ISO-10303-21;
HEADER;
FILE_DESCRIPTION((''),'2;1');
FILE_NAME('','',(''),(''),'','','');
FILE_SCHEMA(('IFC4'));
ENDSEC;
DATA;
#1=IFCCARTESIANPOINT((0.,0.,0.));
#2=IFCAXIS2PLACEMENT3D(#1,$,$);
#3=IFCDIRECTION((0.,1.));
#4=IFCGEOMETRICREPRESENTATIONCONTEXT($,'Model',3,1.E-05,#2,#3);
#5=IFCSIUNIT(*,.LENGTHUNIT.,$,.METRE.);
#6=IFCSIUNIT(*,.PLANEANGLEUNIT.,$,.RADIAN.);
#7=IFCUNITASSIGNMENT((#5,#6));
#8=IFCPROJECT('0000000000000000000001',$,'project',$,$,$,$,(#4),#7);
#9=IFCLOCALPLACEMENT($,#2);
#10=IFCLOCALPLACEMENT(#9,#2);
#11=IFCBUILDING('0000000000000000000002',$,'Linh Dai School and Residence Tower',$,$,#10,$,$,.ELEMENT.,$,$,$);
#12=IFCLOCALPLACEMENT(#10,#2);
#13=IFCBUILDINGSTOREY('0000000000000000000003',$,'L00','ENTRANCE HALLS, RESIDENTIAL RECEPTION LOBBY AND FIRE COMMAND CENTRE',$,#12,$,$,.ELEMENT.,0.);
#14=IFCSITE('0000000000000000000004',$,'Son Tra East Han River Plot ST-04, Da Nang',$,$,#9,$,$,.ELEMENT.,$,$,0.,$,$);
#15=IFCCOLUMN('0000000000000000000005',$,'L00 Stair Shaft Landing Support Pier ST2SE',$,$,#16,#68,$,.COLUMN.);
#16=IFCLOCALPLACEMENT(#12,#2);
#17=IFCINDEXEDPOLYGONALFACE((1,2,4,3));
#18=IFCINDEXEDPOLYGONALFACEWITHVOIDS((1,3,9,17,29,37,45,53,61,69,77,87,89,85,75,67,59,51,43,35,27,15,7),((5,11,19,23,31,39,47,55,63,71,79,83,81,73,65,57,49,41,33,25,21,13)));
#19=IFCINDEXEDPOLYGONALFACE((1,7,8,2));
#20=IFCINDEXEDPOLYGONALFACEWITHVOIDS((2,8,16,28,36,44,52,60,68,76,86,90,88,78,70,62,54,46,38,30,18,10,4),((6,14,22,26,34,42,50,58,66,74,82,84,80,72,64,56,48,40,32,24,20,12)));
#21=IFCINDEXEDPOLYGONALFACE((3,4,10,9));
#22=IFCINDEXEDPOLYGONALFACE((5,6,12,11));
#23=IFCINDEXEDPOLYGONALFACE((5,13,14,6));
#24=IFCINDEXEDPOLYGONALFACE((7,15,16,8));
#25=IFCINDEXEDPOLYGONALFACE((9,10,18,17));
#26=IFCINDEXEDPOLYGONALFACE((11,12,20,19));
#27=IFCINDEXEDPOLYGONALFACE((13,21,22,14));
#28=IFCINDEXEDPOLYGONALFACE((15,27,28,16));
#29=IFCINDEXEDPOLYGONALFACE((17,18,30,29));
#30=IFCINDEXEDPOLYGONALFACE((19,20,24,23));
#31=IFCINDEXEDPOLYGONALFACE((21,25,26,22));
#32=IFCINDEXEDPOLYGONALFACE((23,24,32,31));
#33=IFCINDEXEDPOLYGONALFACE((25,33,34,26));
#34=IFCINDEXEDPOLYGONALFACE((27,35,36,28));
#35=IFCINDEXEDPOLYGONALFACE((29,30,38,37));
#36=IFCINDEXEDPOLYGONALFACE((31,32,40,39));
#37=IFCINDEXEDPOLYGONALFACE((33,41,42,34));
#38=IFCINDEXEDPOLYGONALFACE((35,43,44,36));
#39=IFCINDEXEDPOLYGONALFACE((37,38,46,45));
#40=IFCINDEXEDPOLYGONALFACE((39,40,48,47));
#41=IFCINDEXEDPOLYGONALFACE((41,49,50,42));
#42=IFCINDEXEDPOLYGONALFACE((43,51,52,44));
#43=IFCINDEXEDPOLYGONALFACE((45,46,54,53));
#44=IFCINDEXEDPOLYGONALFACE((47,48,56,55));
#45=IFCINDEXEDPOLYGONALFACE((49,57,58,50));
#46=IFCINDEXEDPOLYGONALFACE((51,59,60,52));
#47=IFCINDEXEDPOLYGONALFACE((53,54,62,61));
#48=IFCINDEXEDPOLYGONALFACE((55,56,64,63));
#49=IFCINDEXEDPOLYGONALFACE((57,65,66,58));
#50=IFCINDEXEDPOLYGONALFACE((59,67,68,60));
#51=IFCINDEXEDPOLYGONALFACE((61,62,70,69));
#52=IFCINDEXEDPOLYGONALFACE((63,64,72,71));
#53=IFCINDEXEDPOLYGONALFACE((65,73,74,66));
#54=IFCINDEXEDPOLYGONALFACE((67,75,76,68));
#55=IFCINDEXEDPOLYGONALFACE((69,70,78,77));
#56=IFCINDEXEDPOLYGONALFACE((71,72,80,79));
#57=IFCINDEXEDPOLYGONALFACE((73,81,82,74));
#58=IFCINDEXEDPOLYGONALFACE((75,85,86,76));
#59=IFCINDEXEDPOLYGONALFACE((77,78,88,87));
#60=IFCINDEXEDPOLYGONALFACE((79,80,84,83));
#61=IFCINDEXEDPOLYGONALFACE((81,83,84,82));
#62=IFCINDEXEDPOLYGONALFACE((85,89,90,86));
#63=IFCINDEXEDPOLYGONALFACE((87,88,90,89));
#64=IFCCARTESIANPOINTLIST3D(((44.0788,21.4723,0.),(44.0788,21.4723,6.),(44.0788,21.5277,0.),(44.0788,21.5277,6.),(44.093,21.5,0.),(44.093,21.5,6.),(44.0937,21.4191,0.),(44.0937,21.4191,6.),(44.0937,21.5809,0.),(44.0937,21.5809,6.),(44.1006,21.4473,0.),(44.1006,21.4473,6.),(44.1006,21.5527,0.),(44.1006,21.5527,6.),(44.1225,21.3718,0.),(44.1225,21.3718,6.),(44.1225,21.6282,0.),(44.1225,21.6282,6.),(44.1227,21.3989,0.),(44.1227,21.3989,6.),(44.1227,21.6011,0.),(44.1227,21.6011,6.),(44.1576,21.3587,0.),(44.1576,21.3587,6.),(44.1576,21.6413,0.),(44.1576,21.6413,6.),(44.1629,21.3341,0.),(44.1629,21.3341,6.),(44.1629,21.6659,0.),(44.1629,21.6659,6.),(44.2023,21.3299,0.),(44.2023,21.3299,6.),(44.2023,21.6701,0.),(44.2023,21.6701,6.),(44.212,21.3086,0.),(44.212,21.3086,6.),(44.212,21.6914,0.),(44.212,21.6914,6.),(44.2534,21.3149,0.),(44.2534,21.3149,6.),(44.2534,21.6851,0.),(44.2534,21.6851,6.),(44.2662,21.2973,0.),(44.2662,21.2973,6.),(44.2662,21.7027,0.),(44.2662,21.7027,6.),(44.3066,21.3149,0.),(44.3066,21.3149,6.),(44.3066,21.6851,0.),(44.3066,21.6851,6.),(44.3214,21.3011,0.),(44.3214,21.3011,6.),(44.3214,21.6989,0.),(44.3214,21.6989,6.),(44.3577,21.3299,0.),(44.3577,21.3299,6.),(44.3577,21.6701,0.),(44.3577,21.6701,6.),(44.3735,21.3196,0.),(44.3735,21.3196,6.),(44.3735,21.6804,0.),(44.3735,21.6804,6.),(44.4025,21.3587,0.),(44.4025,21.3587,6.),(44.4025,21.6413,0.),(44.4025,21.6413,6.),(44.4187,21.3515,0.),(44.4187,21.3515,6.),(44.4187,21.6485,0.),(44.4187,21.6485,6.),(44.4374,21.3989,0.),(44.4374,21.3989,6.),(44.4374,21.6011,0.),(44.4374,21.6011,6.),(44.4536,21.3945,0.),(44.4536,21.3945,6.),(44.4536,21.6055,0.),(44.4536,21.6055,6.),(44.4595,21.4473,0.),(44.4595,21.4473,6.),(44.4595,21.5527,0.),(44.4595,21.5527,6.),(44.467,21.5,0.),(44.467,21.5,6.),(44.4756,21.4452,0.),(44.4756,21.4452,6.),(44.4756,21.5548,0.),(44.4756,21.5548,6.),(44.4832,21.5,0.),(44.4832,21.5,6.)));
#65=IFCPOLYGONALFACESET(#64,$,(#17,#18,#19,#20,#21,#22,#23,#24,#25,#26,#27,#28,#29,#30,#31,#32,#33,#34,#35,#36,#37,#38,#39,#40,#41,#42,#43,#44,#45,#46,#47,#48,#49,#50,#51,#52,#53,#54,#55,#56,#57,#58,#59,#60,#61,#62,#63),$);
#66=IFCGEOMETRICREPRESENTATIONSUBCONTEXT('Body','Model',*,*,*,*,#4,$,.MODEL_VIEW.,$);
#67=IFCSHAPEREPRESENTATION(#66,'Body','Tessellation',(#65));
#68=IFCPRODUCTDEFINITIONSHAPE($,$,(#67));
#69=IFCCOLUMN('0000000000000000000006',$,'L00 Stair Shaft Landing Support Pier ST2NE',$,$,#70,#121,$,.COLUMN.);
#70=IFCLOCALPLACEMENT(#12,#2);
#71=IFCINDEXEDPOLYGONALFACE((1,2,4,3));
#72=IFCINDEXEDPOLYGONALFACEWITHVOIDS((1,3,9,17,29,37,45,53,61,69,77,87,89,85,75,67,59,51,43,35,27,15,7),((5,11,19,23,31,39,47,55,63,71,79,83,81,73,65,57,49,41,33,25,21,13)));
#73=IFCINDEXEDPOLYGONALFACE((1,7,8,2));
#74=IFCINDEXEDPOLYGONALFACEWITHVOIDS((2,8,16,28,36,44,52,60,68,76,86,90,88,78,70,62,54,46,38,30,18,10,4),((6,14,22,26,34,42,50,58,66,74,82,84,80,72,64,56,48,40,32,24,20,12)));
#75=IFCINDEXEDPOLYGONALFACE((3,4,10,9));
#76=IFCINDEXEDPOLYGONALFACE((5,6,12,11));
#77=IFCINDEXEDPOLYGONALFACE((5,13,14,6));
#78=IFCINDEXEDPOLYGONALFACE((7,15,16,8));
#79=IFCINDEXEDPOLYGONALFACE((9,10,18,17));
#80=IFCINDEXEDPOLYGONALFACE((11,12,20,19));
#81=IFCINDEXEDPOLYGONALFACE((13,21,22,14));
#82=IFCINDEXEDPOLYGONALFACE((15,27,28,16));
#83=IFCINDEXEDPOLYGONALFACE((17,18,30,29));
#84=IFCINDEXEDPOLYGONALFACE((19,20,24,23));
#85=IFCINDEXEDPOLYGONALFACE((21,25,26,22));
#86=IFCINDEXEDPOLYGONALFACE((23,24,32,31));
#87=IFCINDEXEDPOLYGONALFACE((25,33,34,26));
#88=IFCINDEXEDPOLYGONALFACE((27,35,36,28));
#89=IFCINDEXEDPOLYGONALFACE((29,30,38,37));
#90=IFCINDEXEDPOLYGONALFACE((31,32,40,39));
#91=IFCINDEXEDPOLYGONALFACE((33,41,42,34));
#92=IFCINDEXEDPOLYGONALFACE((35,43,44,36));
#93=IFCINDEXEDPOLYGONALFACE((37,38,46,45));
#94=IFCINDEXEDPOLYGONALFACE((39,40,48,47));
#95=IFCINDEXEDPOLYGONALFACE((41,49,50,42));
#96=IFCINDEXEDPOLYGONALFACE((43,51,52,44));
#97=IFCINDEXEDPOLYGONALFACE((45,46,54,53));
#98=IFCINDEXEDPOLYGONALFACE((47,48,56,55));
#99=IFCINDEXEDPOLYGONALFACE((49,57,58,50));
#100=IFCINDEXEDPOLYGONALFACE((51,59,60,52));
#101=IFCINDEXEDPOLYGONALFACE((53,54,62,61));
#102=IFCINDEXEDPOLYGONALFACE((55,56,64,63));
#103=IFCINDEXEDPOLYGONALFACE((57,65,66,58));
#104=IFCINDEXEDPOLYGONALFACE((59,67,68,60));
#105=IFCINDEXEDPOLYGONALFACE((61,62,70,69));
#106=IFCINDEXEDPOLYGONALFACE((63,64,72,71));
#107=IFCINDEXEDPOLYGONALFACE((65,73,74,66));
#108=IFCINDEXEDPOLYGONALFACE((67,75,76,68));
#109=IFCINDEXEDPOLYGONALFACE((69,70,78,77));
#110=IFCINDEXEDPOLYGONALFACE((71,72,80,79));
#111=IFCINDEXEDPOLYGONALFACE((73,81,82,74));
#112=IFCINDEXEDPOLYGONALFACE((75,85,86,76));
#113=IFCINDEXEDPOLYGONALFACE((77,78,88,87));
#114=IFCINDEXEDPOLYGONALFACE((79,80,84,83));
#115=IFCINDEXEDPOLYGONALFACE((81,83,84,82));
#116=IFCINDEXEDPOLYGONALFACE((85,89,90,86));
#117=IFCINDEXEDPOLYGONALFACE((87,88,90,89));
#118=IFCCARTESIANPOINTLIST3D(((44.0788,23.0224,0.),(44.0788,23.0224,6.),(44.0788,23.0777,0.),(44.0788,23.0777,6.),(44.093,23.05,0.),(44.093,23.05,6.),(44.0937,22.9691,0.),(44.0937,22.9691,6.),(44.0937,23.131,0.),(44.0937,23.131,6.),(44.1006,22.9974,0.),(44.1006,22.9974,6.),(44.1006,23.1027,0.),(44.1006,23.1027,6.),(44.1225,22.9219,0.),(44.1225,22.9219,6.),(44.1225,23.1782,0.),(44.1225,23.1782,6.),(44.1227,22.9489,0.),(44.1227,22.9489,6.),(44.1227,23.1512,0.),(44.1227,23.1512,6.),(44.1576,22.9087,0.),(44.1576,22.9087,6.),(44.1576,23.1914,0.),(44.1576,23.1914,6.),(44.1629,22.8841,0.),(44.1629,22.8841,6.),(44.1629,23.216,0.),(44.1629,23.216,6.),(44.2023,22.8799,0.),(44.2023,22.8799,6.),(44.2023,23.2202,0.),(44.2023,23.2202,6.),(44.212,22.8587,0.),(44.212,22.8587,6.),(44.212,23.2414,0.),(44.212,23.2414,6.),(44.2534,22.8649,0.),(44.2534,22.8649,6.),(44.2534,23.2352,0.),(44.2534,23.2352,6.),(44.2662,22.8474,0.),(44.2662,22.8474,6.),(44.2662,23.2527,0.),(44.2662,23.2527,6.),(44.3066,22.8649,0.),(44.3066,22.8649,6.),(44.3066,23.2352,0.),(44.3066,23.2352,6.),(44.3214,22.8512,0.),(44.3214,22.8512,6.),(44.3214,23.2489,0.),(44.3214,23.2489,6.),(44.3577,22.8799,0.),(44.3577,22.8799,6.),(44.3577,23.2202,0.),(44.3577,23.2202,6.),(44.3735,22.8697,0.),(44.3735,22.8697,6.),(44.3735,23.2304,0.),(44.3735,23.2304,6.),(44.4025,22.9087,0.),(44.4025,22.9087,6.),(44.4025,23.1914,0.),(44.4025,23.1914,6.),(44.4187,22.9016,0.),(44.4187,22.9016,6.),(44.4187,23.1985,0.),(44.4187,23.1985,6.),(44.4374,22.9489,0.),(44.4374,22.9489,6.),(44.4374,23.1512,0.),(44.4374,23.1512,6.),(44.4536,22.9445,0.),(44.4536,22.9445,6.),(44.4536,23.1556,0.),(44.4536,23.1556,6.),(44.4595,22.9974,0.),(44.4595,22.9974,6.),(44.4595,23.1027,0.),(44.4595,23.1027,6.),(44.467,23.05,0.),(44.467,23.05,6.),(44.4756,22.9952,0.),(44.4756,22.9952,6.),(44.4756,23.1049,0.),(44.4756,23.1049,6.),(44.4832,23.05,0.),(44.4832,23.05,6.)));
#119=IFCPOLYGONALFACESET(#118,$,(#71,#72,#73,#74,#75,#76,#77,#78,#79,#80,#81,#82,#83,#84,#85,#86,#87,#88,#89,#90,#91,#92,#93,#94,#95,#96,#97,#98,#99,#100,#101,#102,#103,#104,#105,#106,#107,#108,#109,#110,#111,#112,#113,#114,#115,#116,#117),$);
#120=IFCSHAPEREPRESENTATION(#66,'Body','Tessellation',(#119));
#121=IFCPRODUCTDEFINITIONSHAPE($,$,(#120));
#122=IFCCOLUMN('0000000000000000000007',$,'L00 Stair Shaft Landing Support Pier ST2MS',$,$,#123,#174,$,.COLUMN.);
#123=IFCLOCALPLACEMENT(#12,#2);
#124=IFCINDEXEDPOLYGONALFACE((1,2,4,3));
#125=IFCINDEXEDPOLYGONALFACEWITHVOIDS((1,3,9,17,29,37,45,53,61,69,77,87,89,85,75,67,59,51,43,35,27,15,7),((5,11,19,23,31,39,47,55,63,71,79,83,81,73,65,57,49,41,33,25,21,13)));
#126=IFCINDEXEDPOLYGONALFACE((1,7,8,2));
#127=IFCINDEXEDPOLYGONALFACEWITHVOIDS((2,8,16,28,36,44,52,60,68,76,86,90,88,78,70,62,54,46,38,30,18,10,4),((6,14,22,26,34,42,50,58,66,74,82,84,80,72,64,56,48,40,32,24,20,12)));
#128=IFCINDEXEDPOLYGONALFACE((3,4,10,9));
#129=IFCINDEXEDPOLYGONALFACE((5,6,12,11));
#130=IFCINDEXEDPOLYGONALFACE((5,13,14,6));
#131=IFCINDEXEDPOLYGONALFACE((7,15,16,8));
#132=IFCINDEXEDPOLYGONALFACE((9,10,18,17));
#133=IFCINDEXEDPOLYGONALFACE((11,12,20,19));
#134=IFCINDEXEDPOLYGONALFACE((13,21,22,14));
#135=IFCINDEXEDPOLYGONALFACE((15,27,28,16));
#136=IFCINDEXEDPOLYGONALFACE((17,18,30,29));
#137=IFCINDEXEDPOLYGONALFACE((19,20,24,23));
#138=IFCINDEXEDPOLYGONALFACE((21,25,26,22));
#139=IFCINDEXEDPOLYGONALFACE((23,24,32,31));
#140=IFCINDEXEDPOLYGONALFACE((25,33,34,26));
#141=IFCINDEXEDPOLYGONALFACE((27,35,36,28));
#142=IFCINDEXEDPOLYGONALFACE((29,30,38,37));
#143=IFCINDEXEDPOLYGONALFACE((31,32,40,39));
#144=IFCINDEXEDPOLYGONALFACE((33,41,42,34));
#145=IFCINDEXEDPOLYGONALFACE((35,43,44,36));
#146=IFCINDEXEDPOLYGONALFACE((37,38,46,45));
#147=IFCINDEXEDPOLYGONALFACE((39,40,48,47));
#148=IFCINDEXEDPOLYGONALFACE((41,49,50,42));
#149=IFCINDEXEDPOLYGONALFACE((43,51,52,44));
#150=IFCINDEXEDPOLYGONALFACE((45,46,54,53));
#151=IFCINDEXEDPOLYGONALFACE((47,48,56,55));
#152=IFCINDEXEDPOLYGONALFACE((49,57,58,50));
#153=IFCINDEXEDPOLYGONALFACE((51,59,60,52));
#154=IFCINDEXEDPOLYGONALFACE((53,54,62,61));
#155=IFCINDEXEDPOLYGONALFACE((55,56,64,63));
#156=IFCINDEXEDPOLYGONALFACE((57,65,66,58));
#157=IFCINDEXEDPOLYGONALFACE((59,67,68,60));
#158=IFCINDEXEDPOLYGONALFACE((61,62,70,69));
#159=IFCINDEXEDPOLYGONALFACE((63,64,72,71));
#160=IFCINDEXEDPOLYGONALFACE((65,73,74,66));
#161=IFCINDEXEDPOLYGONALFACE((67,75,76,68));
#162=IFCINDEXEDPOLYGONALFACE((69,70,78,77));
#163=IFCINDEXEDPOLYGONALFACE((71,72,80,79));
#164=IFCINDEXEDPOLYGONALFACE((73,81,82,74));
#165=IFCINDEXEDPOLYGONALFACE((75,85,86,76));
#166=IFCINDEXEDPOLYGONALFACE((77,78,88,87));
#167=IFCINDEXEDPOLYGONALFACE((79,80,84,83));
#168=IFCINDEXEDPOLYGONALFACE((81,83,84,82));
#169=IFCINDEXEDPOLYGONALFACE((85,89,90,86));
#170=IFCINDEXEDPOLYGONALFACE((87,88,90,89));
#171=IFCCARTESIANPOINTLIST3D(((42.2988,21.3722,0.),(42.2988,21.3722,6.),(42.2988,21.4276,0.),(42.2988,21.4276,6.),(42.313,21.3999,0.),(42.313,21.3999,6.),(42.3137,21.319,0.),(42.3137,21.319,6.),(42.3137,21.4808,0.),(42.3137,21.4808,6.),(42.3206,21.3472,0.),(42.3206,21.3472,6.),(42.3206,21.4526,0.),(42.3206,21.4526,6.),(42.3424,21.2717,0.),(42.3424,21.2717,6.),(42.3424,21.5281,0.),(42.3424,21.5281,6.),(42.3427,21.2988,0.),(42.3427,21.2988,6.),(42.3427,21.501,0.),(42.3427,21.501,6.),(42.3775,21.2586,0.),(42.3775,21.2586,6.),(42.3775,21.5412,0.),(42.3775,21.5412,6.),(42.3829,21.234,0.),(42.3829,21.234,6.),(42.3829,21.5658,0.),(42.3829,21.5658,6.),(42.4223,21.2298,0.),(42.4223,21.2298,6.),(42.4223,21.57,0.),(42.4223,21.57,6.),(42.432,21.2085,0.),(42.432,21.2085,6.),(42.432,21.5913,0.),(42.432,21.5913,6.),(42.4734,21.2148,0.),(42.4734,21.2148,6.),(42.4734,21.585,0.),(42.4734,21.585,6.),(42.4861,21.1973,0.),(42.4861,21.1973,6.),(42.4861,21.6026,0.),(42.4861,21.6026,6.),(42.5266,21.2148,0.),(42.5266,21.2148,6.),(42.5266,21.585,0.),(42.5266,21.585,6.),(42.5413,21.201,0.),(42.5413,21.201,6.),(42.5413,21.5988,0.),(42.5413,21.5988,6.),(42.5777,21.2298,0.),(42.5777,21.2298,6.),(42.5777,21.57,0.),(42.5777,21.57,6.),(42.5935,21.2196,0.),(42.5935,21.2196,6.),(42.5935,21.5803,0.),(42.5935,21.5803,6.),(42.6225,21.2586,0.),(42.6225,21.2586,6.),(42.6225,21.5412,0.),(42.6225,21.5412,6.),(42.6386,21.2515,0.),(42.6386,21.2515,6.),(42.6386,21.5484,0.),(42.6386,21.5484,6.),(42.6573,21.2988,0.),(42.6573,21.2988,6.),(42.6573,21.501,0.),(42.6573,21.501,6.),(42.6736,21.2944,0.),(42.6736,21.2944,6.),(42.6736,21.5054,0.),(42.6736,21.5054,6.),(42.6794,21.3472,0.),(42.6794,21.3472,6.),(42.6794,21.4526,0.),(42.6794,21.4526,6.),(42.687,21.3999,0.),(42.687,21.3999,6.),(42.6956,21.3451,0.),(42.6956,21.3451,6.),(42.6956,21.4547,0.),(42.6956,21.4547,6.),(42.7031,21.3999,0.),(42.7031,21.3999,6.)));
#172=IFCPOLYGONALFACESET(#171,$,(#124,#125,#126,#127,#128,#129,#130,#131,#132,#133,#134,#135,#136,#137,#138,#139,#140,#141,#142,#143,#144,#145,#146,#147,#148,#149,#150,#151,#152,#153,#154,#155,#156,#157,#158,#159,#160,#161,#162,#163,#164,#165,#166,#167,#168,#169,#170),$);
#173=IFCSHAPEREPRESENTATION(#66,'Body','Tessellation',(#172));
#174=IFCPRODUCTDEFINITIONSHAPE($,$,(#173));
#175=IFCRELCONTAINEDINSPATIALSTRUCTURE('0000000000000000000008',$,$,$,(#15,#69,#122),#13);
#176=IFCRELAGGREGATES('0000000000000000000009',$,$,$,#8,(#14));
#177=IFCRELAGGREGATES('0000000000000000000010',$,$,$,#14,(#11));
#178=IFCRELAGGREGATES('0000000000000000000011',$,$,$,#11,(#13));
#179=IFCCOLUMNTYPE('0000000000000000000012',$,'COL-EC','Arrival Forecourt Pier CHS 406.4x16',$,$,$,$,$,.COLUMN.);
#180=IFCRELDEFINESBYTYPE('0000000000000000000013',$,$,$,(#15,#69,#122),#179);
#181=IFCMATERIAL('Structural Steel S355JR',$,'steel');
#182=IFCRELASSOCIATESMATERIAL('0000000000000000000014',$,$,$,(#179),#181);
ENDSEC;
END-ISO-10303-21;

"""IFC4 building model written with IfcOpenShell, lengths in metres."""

from ifc_helpers import new_model, si_unit, direction, frame, origin, origin_2d, place, context, subcontext, project, spatial, hollow_circle, extrude, material, material_profile, profile_set, type_object, element, save


model = new_model("IFC4")

# Units and contexts
model_context = context("Model", 3, precision=1e-05, world=origin(), true_north=direction((0.0, 1.0)))
body_context = subcontext(model_context, "Body", "Model", "MODEL_VIEW")
ifc_project = project(units=[si_unit("LENGTHUNIT", "METRE"), si_unit("PLANEANGLEUNIT", "RADIAN")], contexts=[model_context])

# Site, building, storey
site_placement = place(None, origin())
site = spatial("IfcSite", under=ifc_project, at=site_placement, Name="Son Tra East Han River Plot ST-04, Da Nang", CompositionType="ELEMENT", RefElevation=0.0)
building_placement = place(site_placement, origin())
building = spatial("IfcBuilding", under=site, at=building_placement, Name="Linh Dai School and Residence Tower", CompositionType="ELEMENT")
storey_placement = place(building_placement, origin())
storey = spatial("IfcBuildingStorey", under=building, at=storey_placement, Name="L00", Description="ENTRANCE HALLS, RESIDENTIAL RECEPTION LOBBY AND FIRE COMMAND CENTRE", CompositionType="ELEMENT", Elevation=0.0)

# Columns
ifc_material_1 = material(Name="Structural Steel S355JR", Category="steel")
ifc_material_profile_1 = material_profile(ifc_material_1, hollow_circle(Radius=0.2031, WallThickness=0.0161, at=origin_2d()), Name="CHS 406.4x16")
ifc_profile_set_1 = profile_set([ifc_material_profile_1], Name="Structural Steel S355JR")
column_type_1 = type_object("IfcColumnType", Name="COL-EC", Description="Arrival Forecourt Pier CHS 406.4x16", PredefinedType="COLUMN", material=ifc_profile_set_1)
for number, where, z_axis, x_axis, name in (
    (1, (44.28, 21.5, 0.0), (0.0, 0.0, 1.0), (1.0, 0.0, 0.0), "L00 Stair Shaft Landing Support Pier ST2SE"),
    (2, (44.28, 23.05, 0.0), (0.0, 0.0, 1.0), (1.0, 0.0, 0.0), "L00 Stair Shaft Landing Support Pier ST2NE"),
    (3, (42.5, 21.3999, 0.0), (0.0, 0.0, 1.0), (1.0, 0.0, 0.0), "L00 Stair Shaft Landing Support Pier ST2MS"),
):
    element("IfcColumn", number, at=place(storey_placement, frame(where, z_axis=z_axis, x_axis=x_axis)), inside=storey, type_object=column_type_1, Name=name, PredefinedType="COLUMN", context=body_context, shape_type="SweptSolid", body=[
        extrude(hollow_circle(Radius=0.2031, WallThickness=0.0161, at=origin_2d()), origin(), (0.0, 0.0, 1.0), 6.0),
    ])

save(model, "model.ifc")
